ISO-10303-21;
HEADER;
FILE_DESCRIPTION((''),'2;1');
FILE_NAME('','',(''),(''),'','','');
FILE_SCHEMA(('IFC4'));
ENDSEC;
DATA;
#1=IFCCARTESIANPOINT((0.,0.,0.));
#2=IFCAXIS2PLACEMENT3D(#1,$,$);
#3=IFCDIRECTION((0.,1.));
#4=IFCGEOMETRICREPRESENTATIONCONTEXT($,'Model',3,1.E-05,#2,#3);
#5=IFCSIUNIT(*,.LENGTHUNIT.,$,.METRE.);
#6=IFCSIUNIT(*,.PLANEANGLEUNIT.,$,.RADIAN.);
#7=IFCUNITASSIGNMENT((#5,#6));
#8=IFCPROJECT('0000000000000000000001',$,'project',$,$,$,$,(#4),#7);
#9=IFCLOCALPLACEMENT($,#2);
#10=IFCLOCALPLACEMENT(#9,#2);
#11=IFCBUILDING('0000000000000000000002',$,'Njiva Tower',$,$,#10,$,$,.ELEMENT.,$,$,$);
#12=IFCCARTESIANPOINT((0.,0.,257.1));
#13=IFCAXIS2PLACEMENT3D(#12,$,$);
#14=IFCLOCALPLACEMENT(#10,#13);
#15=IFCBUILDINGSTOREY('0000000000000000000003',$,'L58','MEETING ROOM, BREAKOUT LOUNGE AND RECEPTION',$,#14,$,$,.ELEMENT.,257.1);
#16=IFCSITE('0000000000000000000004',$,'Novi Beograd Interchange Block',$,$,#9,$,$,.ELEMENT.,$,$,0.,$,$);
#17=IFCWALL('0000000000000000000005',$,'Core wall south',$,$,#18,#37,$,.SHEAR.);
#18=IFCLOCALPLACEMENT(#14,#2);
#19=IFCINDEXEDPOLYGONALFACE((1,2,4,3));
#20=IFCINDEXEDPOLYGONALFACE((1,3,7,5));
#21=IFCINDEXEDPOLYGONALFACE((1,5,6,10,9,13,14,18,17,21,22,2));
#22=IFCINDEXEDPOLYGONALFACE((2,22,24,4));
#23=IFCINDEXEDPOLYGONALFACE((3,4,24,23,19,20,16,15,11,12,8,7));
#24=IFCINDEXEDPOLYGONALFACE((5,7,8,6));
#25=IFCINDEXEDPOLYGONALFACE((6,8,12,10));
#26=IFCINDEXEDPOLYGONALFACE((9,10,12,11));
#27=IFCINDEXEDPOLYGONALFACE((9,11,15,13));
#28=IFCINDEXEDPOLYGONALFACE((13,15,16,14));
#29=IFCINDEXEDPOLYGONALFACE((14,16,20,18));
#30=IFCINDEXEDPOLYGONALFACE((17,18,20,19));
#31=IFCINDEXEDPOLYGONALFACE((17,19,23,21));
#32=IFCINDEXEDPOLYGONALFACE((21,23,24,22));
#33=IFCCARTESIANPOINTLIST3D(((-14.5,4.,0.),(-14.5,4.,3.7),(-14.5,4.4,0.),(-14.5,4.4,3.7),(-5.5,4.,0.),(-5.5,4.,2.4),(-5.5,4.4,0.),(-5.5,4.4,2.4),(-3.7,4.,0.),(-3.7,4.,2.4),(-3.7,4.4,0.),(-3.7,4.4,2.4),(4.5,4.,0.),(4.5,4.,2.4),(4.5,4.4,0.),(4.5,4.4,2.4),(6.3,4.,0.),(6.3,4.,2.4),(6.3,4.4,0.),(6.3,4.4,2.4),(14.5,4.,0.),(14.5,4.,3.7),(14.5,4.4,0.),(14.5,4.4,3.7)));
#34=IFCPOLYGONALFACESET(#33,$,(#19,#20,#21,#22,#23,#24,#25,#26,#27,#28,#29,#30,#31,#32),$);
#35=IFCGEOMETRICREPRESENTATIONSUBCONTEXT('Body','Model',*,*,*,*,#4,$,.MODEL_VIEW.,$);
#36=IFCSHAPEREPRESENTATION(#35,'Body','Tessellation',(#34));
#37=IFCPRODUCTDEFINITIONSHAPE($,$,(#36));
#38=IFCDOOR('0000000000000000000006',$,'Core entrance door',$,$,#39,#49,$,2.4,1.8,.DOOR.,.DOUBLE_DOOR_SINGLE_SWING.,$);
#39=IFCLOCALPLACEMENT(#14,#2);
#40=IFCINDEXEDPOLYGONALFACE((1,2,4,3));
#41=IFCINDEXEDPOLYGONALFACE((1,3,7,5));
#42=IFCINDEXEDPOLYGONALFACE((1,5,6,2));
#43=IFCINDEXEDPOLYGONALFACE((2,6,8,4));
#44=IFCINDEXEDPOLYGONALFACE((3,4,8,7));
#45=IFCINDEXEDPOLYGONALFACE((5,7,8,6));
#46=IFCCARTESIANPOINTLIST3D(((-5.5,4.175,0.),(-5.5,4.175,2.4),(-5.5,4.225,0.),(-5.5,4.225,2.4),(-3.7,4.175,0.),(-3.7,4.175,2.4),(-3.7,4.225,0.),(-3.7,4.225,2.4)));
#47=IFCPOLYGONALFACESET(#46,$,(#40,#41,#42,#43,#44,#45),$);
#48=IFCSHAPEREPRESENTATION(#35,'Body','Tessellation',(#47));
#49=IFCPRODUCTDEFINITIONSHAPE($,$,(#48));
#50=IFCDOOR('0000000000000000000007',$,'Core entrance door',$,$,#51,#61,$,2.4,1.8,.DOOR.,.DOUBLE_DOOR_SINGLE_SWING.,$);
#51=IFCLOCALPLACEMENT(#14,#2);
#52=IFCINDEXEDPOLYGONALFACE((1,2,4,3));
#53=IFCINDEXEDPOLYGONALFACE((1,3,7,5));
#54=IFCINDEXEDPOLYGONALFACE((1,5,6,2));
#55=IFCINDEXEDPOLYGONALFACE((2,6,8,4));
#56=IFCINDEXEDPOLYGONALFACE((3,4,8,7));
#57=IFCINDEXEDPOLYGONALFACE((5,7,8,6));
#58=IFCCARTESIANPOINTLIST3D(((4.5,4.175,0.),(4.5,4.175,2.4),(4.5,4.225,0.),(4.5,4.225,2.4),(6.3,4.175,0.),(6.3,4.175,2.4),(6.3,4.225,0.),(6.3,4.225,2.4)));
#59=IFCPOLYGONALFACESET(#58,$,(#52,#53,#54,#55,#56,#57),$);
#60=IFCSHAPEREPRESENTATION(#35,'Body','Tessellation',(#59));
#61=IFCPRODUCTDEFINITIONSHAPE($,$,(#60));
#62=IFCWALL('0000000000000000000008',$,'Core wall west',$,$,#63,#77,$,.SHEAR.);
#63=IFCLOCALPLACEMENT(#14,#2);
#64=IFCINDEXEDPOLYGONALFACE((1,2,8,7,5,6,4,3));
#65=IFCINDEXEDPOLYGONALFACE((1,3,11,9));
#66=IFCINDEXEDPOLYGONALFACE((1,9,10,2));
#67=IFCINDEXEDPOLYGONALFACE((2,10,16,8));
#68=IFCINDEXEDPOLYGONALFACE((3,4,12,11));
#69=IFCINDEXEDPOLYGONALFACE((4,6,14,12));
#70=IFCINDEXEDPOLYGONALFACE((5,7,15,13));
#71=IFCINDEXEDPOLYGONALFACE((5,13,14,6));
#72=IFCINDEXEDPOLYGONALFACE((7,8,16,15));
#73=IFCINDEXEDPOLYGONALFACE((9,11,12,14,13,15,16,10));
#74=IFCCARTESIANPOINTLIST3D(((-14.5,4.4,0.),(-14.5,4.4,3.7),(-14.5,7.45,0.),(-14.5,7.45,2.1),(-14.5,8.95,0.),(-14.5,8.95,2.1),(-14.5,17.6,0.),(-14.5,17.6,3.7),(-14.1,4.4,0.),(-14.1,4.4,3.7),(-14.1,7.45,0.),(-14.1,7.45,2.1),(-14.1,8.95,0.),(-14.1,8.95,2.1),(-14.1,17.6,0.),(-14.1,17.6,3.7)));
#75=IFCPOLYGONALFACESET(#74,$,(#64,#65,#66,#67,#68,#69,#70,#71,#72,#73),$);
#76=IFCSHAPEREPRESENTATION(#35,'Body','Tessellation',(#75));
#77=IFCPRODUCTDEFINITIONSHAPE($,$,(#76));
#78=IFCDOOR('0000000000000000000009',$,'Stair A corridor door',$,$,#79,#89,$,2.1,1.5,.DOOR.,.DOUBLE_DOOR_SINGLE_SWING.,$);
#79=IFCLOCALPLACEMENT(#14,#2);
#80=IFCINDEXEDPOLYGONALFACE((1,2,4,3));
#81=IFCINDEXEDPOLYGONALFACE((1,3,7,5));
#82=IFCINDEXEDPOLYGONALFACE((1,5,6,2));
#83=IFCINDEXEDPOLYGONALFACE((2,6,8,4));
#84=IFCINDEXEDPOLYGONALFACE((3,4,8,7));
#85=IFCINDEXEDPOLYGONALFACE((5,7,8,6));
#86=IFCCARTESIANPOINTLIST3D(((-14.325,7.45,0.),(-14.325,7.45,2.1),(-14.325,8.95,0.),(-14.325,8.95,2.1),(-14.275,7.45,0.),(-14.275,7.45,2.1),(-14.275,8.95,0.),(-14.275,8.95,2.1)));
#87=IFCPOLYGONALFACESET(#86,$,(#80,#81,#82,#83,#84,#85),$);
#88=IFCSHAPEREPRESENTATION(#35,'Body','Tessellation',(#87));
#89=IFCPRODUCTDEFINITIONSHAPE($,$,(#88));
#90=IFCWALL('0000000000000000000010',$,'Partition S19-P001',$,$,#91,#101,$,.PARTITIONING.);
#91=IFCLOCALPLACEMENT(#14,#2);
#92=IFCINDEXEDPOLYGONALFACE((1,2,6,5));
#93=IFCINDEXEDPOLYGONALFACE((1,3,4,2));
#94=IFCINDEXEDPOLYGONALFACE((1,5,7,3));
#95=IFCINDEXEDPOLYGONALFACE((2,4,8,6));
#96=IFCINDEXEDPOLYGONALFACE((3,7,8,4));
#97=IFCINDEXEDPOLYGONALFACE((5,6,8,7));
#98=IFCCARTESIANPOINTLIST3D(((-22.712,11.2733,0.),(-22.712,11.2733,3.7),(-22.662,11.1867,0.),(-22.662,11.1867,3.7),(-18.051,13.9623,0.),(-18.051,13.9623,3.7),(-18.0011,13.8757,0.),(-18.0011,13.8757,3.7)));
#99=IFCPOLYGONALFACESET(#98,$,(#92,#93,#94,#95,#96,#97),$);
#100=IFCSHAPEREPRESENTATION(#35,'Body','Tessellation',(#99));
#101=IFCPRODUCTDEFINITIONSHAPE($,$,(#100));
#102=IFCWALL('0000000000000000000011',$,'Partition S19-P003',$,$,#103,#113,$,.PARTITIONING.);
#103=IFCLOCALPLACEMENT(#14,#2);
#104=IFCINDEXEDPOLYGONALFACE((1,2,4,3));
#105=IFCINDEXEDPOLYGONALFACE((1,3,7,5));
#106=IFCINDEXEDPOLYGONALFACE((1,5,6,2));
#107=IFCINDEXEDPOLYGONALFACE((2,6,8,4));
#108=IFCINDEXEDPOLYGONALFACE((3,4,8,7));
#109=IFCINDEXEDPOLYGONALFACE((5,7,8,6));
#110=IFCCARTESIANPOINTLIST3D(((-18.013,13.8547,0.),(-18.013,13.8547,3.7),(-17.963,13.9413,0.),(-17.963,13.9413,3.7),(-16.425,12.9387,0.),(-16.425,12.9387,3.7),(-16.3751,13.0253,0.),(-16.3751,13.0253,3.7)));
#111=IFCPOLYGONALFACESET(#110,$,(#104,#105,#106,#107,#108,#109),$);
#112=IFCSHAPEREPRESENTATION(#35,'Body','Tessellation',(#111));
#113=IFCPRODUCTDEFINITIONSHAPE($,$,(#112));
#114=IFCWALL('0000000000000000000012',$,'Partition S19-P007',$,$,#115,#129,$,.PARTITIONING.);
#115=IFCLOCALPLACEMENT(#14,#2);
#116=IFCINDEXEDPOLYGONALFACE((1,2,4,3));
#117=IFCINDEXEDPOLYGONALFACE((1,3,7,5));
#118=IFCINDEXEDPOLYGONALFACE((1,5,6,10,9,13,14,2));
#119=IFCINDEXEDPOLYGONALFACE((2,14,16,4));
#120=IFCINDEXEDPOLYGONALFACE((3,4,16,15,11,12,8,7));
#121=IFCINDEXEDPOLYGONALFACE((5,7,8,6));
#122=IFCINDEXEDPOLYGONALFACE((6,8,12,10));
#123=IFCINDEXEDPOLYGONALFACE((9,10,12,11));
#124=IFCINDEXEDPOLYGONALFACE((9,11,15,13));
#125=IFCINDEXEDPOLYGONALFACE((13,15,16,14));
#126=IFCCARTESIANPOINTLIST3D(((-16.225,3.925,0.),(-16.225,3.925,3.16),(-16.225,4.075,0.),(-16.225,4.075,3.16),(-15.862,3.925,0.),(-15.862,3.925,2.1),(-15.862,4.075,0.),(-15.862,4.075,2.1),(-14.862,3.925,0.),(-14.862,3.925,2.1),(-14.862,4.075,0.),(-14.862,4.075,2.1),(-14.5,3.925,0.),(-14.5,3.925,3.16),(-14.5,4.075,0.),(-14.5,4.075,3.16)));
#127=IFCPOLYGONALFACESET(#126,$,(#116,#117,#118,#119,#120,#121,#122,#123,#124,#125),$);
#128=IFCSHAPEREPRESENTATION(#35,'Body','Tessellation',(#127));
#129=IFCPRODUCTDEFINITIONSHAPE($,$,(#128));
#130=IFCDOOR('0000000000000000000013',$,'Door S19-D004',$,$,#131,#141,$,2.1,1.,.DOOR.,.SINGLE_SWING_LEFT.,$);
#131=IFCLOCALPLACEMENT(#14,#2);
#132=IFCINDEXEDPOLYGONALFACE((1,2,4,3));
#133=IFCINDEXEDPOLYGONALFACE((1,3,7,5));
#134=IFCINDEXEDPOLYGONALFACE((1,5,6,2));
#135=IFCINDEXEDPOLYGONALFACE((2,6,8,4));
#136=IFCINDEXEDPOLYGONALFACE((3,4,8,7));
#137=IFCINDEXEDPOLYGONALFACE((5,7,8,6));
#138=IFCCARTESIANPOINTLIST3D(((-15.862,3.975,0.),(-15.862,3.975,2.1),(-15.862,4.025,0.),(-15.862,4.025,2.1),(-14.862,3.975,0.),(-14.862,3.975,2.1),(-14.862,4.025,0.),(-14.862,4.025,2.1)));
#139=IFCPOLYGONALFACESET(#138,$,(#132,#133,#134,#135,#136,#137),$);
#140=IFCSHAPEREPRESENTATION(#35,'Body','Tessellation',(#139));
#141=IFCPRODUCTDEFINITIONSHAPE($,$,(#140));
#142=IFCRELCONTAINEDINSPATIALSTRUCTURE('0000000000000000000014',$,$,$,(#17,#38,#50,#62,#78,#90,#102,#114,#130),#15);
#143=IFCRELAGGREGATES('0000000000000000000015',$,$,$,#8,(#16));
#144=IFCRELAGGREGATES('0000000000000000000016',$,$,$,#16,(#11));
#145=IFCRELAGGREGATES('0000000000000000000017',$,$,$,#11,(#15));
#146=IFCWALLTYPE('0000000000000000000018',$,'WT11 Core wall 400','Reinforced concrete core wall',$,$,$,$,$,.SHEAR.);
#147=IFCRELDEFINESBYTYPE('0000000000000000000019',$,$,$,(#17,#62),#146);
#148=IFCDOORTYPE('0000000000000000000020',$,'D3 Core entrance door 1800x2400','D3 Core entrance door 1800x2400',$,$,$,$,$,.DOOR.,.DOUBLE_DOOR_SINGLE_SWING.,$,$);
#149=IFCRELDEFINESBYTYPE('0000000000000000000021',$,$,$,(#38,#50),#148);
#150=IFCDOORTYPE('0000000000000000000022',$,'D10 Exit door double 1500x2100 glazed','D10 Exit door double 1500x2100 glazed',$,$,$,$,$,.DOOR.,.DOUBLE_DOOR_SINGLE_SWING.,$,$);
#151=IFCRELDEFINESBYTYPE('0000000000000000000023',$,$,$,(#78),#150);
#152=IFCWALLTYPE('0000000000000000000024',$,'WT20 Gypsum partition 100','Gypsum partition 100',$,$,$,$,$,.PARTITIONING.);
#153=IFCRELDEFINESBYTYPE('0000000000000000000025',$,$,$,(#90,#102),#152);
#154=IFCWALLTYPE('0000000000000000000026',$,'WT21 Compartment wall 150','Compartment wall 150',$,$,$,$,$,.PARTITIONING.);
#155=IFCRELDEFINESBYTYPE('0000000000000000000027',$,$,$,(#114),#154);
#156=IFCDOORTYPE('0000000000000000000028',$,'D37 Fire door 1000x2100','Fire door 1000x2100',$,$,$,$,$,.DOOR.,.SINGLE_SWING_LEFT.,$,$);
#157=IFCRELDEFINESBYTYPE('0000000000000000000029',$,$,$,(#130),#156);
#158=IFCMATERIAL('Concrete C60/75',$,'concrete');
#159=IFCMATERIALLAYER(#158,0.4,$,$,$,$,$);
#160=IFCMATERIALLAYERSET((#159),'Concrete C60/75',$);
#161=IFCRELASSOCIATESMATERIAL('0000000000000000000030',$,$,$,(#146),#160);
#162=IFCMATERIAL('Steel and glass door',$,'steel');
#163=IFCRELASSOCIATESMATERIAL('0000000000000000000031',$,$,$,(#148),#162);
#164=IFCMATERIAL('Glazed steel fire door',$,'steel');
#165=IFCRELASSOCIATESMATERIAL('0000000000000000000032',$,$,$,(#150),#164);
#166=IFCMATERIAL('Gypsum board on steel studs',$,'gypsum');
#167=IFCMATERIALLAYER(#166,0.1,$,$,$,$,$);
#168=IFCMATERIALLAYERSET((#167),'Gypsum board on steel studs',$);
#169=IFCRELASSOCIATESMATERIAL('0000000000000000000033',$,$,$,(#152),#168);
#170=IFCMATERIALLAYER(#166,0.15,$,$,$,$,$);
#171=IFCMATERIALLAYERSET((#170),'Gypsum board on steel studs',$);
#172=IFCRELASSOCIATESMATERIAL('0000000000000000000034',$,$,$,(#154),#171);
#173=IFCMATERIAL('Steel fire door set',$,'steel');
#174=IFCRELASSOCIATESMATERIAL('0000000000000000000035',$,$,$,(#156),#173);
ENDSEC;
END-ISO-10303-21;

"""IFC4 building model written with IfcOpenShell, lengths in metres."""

from ifc_helpers import new_model, si_unit, direction, frame, frame_2d, origin, place, context, subcontext, project, spatial, rectangle, extrude, material, layer, layer_set, type_object, element, fill, save


model = new_model("IFC4")

# Units and contexts
model_context = context("Model", 3, precision=1e-05, world=origin(), true_north=direction((0.0, 1.0)))
body_context = subcontext(model_context, "Body", "Model", "MODEL_VIEW")
ifc_project = project(units=[si_unit("LENGTHUNIT", "METRE"), si_unit("PLANEANGLEUNIT", "RADIAN")], contexts=[model_context])

# Site, building, storey
site_placement = place(None, origin())
site = spatial("IfcSite", under=ifc_project, at=site_placement, Name="Novi Beograd Interchange Block", CompositionType="ELEMENT", RefElevation=0.0)
building_placement = place(site_placement, origin())
building = spatial("IfcBuilding", under=site, at=building_placement, Name="Njiva Tower", CompositionType="ELEMENT")
storey_placement = place(building_placement, frame((0.0, 0.0, 257.1)))
storey = spatial("IfcBuildingStorey", under=building, at=storey_placement, Name="L58", Description="MEETING ROOM, BREAKOUT LOUNGE AND RECEPTION", CompositionType="ELEMENT", Elevation=257.1)

# Wall, openings, doors
ifc_material_1 = material(Name="Concrete C60/75", Category="concrete")
ifc_layer_1 = layer(ifc_material_1, 0.4)
ifc_layer_set_1 = layer_set([ifc_layer_1], Name="Concrete C60/75")
wall_type_1 = type_object("IfcWallType", Name="WT11 Core wall 400", Description="Reinforced concrete core wall", PredefinedType="SHEAR", material=ifc_layer_set_1)
wall_1_placement = place(storey_placement, frame((-14.5, 4.2, 0.0), z_axis=(0.0, 0.0, 1.0), x_axis=(1.0, 0.0, 0.0)))
wall_1 = element("IfcWall", 1, at=wall_1_placement, inside=storey, type_object=wall_type_1, Name="Core wall south", PredefinedType="SHEAR", context=body_context, shape_type="SweptSolid", body=[
    extrude(rectangle(XDim=29.0, YDim=0.4, at=frame_2d((14.5, 0.0))), origin(), (0.0, 0.0, 1.0), 3.7),
])
opening_1_placement = place(wall_1_placement, frame((9.0, 0.0, 0.0)))
opening_1 = element("IfcOpeningElement", 2, at=opening_1_placement, cuts=wall_1, PredefinedType="OPENING", context=body_context, shape_type="SweptSolid", body=[
    extrude(rectangle(XDim=1.8, YDim=2.4, at=frame_2d((0.9, 1.2))), frame((0.0, 0.21, 0.0), z_axis=(0.0, -1.0, 0.0), x_axis=(1.0, 0.0, 0.0)), (0.0, 0.0, 1.0), 0.42),
])
opening_2_placement = place(wall_1_placement, frame((19.0, 0.0, 0.0)))
opening_2 = element("IfcOpeningElement", 3, at=opening_2_placement, cuts=wall_1, PredefinedType="OPENING", context=body_context, shape_type="SweptSolid", body=[
    extrude(rectangle(XDim=1.8, YDim=2.4, at=frame_2d((0.9, 1.2))), frame((0.0, 0.21, 0.0), z_axis=(0.0, -1.0, 0.0), x_axis=(1.0, 0.0, 0.0)), (0.0, 0.0, 1.0), 0.42),
])
ifc_material_2 = material(Name="Steel and glass door", Category="steel")
door_type_1 = type_object("IfcDoorType", Name="D3 Core entrance door 1800x2400", Description="D3 Core entrance door 1800x2400", OperationType="DOUBLE_DOOR_SINGLE_SWING", PredefinedType="DOOR", material=ifc_material_2)
door_1_placement = place(opening_1_placement, origin())
door_1 = element("IfcDoor", 4, at=door_1_placement, inside=storey, type_object=door_type_1, Name="Core entrance door", OperationType="DOUBLE_DOOR_SINGLE_SWING", OverallHeight=2.4, OverallWidth=1.8, PredefinedType="DOOR", context=body_context, shape_type="SweptSolid", body=[
    extrude(rectangle(XDim=1.8, YDim=2.4, at=frame_2d((0.9, 1.2))), frame((0.0, 0.025, 0.0), z_axis=(0.0, -1.0, 0.0), x_axis=(1.0, 0.0, 0.0)), (0.0, 0.0, 1.0), 0.05),
])
fill(opening_1, door_1)
door_2_placement = place(opening_2_placement, origin())
door_2 = element("IfcDoor", 5, at=door_2_placement, inside=storey, type_object=door_type_1, Name="Core entrance door", OperationType="DOUBLE_DOOR_SINGLE_SWING", OverallHeight=2.4, OverallWidth=1.8, PredefinedType="DOOR", context=body_context, shape_type="SweptSolid", body=[
    extrude(rectangle(XDim=1.8, YDim=2.4, at=frame_2d((0.9, 1.2))), frame((0.0, 0.025, 0.0), z_axis=(0.0, -1.0, 0.0), x_axis=(1.0, 0.0, 0.0)), (0.0, 0.0, 1.0), 0.05),
])
fill(opening_2, door_2)

# Wall, opening, door
wall_2_placement = place(storey_placement, frame((-14.3, 4.4, 0.0), z_axis=(0.0, 0.0, 1.0), x_axis=(0.0, 1.0, 0.0)))
wall_2 = element("IfcWall", 6, at=wall_2_placement, inside=storey, type_object=wall_type_1, Name="Core wall west", PredefinedType="SHEAR", context=body_context, shape_type="SweptSolid", body=[
    extrude(rectangle(XDim=13.2, YDim=0.4, at=frame_2d((6.6, 0.0))), origin(), (0.0, 0.0, 1.0), 3.7),
])
opening_3_placement = place(wall_2_placement, frame((3.05, 0.0, 0.0)))
opening_3 = element("IfcOpeningElement", 7, at=opening_3_placement, cuts=wall_2, PredefinedType="OPENING", context=body_context, shape_type="SweptSolid", body=[
    extrude(rectangle(XDim=1.5, YDim=2.1, at=frame_2d((0.75, 1.05))), frame((0.0, 0.21, 0.0), z_axis=(0.0, -1.0, 0.0), x_axis=(1.0, 0.0, 0.0)), (0.0, 0.0, 1.0), 0.42),
])
ifc_material_3 = material(Name="Glazed steel fire door", Category="steel")
door_type_2 = type_object("IfcDoorType", Name="D10 Exit door double 1500x2100 glazed", Description="D10 Exit door double 1500x2100 glazed", OperationType="DOUBLE_DOOR_SINGLE_SWING", PredefinedType="DOOR", material=ifc_material_3)
door_3_placement = place(opening_3_placement, origin())
door_3 = element("IfcDoor", 8, at=door_3_placement, inside=storey, type_object=door_type_2, Name="Stair A corridor door", OperationType="DOUBLE_DOOR_SINGLE_SWING", OverallHeight=2.1, OverallWidth=1.5, PredefinedType="DOOR", context=body_context, shape_type="SweptSolid", body=[
    extrude(rectangle(XDim=1.5, YDim=2.1, at=frame_2d((0.75, 1.05))), frame((0.0, 0.025, 0.0), z_axis=(0.0, -1.0, 0.0), x_axis=(1.0, 0.0, 0.0)), (0.0, 0.0, 1.0), 0.05),
])
fill(opening_3, door_3)

# Walls
ifc_material_4 = material(Name="Gypsum board on steel studs", Category="gypsum")
ifc_layer_2 = layer(ifc_material_4, 0.1)
ifc_layer_set_2 = layer_set([ifc_layer_2], Name="Gypsum board on steel studs")
wall_type_2 = type_object("IfcWallType", Name="WT20 Gypsum partition 100", Description="Gypsum partition 100", PredefinedType="PARTITIONING", material=ifc_layer_set_2)
wall_3_placement = place(storey_placement, frame((-22.687, 11.23, 0.0), z_axis=(0.0, 0.0, 1.0), x_axis=(0.866189, 0.499717, 0.0)))
element("IfcWall", 9, at=wall_3_placement, inside=storey, type_object=wall_type_2, Name="Partition S19-P001", PredefinedType="PARTITIONING", context=body_context, shape_type="SweptSolid", body=[
    extrude(rectangle(XDim=5.381, YDim=0.1, at=frame_2d((2.6905, 0.0))), origin(), (0.0, 0.0, 1.0), 3.7),
])
wall_4_placement = place(storey_placement, frame((-17.988, 13.898, 0.0), z_axis=(0.0, 0.0, 1.0), x_axis=(0.866222, -0.499659, 0.0)))
element("IfcWall", 10, at=wall_4_placement, inside=storey, type_object=wall_type_2, Name="Partition S19-P003", PredefinedType="PARTITIONING", context=body_context, shape_type="SweptSolid", body=[
    extrude(rectangle(XDim=1.8332, YDim=0.1, at=frame_2d((0.9166, 0.0))), origin(), (0.0, 0.0, 1.0), 3.7),
])

# Wall, opening, door
ifc_layer_3 = layer(ifc_material_4, 0.15)
ifc_layer_set_3 = layer_set([ifc_layer_3], Name="Gypsum board on steel studs")
wall_type_3 = type_object("IfcWallType", Name="WT21 Compartment wall 150", Description="Compartment wall 150", PredefinedType="PARTITIONING", material=ifc_layer_set_3)
wall_5_placement = place(storey_placement, frame((-16.225, 4.0, 0.0), z_axis=(0.0, 0.0, 1.0), x_axis=(1.0, 0.0, 0.0)))
wall_5 = element("IfcWall", 11, at=wall_5_placement, inside=storey, type_object=wall_type_3, Name="Partition S19-P007", PredefinedType="PARTITIONING", context=body_context, shape_type="SweptSolid", body=[
    extrude(rectangle(XDim=1.725, YDim=0.15, at=frame_2d((0.8625, 0.0))), origin(), (0.0, 0.0, 1.0), 3.16),
])
opening_4_placement = place(wall_5_placement, frame((0.363, 0.0, 0.0)))
opening_4 = element("IfcOpeningElement", 12, at=opening_4_placement, cuts=wall_5, PredefinedType="OPENING", context=body_context, shape_type="SweptSolid", body=[
    extrude(rectangle(XDim=1.0, YDim=2.1, at=frame_2d((0.5, 1.05))), frame((0.0, 0.085, 0.0), z_axis=(0.0, -1.0, 0.0), x_axis=(1.0, 0.0, 0.0)), (0.0, 0.0, 1.0), 0.17),
])
ifc_material_5 = material(Name="Steel fire door set", Category="steel")
door_type_3 = type_object("IfcDoorType", Name="D37 Fire door 1000x2100", Description="Fire door 1000x2100", OperationType="SINGLE_SWING_LEFT", PredefinedType="DOOR", material=ifc_material_5)
door_4_placement = place(opening_4_placement, origin())
door_4 = element("IfcDoor", 13, at=door_4_placement, inside=storey, type_object=door_type_3, Name="Door S19-D004", OperationType="SINGLE_SWING_LEFT", OverallHeight=2.1, OverallWidth=1.0, PredefinedType="DOOR", context=body_context, shape_type="SweptSolid", body=[
    extrude(rectangle(XDim=1.0, YDim=2.1, at=frame_2d((0.5, 1.05))), frame((0.0, 0.025, 0.0), z_axis=(0.0, -1.0, 0.0), x_axis=(1.0, 0.0, 0.0)), (0.0, 0.0, 1.0), 0.05),
])
fill(opening_4, door_4)

save(model, "model.ifc")
